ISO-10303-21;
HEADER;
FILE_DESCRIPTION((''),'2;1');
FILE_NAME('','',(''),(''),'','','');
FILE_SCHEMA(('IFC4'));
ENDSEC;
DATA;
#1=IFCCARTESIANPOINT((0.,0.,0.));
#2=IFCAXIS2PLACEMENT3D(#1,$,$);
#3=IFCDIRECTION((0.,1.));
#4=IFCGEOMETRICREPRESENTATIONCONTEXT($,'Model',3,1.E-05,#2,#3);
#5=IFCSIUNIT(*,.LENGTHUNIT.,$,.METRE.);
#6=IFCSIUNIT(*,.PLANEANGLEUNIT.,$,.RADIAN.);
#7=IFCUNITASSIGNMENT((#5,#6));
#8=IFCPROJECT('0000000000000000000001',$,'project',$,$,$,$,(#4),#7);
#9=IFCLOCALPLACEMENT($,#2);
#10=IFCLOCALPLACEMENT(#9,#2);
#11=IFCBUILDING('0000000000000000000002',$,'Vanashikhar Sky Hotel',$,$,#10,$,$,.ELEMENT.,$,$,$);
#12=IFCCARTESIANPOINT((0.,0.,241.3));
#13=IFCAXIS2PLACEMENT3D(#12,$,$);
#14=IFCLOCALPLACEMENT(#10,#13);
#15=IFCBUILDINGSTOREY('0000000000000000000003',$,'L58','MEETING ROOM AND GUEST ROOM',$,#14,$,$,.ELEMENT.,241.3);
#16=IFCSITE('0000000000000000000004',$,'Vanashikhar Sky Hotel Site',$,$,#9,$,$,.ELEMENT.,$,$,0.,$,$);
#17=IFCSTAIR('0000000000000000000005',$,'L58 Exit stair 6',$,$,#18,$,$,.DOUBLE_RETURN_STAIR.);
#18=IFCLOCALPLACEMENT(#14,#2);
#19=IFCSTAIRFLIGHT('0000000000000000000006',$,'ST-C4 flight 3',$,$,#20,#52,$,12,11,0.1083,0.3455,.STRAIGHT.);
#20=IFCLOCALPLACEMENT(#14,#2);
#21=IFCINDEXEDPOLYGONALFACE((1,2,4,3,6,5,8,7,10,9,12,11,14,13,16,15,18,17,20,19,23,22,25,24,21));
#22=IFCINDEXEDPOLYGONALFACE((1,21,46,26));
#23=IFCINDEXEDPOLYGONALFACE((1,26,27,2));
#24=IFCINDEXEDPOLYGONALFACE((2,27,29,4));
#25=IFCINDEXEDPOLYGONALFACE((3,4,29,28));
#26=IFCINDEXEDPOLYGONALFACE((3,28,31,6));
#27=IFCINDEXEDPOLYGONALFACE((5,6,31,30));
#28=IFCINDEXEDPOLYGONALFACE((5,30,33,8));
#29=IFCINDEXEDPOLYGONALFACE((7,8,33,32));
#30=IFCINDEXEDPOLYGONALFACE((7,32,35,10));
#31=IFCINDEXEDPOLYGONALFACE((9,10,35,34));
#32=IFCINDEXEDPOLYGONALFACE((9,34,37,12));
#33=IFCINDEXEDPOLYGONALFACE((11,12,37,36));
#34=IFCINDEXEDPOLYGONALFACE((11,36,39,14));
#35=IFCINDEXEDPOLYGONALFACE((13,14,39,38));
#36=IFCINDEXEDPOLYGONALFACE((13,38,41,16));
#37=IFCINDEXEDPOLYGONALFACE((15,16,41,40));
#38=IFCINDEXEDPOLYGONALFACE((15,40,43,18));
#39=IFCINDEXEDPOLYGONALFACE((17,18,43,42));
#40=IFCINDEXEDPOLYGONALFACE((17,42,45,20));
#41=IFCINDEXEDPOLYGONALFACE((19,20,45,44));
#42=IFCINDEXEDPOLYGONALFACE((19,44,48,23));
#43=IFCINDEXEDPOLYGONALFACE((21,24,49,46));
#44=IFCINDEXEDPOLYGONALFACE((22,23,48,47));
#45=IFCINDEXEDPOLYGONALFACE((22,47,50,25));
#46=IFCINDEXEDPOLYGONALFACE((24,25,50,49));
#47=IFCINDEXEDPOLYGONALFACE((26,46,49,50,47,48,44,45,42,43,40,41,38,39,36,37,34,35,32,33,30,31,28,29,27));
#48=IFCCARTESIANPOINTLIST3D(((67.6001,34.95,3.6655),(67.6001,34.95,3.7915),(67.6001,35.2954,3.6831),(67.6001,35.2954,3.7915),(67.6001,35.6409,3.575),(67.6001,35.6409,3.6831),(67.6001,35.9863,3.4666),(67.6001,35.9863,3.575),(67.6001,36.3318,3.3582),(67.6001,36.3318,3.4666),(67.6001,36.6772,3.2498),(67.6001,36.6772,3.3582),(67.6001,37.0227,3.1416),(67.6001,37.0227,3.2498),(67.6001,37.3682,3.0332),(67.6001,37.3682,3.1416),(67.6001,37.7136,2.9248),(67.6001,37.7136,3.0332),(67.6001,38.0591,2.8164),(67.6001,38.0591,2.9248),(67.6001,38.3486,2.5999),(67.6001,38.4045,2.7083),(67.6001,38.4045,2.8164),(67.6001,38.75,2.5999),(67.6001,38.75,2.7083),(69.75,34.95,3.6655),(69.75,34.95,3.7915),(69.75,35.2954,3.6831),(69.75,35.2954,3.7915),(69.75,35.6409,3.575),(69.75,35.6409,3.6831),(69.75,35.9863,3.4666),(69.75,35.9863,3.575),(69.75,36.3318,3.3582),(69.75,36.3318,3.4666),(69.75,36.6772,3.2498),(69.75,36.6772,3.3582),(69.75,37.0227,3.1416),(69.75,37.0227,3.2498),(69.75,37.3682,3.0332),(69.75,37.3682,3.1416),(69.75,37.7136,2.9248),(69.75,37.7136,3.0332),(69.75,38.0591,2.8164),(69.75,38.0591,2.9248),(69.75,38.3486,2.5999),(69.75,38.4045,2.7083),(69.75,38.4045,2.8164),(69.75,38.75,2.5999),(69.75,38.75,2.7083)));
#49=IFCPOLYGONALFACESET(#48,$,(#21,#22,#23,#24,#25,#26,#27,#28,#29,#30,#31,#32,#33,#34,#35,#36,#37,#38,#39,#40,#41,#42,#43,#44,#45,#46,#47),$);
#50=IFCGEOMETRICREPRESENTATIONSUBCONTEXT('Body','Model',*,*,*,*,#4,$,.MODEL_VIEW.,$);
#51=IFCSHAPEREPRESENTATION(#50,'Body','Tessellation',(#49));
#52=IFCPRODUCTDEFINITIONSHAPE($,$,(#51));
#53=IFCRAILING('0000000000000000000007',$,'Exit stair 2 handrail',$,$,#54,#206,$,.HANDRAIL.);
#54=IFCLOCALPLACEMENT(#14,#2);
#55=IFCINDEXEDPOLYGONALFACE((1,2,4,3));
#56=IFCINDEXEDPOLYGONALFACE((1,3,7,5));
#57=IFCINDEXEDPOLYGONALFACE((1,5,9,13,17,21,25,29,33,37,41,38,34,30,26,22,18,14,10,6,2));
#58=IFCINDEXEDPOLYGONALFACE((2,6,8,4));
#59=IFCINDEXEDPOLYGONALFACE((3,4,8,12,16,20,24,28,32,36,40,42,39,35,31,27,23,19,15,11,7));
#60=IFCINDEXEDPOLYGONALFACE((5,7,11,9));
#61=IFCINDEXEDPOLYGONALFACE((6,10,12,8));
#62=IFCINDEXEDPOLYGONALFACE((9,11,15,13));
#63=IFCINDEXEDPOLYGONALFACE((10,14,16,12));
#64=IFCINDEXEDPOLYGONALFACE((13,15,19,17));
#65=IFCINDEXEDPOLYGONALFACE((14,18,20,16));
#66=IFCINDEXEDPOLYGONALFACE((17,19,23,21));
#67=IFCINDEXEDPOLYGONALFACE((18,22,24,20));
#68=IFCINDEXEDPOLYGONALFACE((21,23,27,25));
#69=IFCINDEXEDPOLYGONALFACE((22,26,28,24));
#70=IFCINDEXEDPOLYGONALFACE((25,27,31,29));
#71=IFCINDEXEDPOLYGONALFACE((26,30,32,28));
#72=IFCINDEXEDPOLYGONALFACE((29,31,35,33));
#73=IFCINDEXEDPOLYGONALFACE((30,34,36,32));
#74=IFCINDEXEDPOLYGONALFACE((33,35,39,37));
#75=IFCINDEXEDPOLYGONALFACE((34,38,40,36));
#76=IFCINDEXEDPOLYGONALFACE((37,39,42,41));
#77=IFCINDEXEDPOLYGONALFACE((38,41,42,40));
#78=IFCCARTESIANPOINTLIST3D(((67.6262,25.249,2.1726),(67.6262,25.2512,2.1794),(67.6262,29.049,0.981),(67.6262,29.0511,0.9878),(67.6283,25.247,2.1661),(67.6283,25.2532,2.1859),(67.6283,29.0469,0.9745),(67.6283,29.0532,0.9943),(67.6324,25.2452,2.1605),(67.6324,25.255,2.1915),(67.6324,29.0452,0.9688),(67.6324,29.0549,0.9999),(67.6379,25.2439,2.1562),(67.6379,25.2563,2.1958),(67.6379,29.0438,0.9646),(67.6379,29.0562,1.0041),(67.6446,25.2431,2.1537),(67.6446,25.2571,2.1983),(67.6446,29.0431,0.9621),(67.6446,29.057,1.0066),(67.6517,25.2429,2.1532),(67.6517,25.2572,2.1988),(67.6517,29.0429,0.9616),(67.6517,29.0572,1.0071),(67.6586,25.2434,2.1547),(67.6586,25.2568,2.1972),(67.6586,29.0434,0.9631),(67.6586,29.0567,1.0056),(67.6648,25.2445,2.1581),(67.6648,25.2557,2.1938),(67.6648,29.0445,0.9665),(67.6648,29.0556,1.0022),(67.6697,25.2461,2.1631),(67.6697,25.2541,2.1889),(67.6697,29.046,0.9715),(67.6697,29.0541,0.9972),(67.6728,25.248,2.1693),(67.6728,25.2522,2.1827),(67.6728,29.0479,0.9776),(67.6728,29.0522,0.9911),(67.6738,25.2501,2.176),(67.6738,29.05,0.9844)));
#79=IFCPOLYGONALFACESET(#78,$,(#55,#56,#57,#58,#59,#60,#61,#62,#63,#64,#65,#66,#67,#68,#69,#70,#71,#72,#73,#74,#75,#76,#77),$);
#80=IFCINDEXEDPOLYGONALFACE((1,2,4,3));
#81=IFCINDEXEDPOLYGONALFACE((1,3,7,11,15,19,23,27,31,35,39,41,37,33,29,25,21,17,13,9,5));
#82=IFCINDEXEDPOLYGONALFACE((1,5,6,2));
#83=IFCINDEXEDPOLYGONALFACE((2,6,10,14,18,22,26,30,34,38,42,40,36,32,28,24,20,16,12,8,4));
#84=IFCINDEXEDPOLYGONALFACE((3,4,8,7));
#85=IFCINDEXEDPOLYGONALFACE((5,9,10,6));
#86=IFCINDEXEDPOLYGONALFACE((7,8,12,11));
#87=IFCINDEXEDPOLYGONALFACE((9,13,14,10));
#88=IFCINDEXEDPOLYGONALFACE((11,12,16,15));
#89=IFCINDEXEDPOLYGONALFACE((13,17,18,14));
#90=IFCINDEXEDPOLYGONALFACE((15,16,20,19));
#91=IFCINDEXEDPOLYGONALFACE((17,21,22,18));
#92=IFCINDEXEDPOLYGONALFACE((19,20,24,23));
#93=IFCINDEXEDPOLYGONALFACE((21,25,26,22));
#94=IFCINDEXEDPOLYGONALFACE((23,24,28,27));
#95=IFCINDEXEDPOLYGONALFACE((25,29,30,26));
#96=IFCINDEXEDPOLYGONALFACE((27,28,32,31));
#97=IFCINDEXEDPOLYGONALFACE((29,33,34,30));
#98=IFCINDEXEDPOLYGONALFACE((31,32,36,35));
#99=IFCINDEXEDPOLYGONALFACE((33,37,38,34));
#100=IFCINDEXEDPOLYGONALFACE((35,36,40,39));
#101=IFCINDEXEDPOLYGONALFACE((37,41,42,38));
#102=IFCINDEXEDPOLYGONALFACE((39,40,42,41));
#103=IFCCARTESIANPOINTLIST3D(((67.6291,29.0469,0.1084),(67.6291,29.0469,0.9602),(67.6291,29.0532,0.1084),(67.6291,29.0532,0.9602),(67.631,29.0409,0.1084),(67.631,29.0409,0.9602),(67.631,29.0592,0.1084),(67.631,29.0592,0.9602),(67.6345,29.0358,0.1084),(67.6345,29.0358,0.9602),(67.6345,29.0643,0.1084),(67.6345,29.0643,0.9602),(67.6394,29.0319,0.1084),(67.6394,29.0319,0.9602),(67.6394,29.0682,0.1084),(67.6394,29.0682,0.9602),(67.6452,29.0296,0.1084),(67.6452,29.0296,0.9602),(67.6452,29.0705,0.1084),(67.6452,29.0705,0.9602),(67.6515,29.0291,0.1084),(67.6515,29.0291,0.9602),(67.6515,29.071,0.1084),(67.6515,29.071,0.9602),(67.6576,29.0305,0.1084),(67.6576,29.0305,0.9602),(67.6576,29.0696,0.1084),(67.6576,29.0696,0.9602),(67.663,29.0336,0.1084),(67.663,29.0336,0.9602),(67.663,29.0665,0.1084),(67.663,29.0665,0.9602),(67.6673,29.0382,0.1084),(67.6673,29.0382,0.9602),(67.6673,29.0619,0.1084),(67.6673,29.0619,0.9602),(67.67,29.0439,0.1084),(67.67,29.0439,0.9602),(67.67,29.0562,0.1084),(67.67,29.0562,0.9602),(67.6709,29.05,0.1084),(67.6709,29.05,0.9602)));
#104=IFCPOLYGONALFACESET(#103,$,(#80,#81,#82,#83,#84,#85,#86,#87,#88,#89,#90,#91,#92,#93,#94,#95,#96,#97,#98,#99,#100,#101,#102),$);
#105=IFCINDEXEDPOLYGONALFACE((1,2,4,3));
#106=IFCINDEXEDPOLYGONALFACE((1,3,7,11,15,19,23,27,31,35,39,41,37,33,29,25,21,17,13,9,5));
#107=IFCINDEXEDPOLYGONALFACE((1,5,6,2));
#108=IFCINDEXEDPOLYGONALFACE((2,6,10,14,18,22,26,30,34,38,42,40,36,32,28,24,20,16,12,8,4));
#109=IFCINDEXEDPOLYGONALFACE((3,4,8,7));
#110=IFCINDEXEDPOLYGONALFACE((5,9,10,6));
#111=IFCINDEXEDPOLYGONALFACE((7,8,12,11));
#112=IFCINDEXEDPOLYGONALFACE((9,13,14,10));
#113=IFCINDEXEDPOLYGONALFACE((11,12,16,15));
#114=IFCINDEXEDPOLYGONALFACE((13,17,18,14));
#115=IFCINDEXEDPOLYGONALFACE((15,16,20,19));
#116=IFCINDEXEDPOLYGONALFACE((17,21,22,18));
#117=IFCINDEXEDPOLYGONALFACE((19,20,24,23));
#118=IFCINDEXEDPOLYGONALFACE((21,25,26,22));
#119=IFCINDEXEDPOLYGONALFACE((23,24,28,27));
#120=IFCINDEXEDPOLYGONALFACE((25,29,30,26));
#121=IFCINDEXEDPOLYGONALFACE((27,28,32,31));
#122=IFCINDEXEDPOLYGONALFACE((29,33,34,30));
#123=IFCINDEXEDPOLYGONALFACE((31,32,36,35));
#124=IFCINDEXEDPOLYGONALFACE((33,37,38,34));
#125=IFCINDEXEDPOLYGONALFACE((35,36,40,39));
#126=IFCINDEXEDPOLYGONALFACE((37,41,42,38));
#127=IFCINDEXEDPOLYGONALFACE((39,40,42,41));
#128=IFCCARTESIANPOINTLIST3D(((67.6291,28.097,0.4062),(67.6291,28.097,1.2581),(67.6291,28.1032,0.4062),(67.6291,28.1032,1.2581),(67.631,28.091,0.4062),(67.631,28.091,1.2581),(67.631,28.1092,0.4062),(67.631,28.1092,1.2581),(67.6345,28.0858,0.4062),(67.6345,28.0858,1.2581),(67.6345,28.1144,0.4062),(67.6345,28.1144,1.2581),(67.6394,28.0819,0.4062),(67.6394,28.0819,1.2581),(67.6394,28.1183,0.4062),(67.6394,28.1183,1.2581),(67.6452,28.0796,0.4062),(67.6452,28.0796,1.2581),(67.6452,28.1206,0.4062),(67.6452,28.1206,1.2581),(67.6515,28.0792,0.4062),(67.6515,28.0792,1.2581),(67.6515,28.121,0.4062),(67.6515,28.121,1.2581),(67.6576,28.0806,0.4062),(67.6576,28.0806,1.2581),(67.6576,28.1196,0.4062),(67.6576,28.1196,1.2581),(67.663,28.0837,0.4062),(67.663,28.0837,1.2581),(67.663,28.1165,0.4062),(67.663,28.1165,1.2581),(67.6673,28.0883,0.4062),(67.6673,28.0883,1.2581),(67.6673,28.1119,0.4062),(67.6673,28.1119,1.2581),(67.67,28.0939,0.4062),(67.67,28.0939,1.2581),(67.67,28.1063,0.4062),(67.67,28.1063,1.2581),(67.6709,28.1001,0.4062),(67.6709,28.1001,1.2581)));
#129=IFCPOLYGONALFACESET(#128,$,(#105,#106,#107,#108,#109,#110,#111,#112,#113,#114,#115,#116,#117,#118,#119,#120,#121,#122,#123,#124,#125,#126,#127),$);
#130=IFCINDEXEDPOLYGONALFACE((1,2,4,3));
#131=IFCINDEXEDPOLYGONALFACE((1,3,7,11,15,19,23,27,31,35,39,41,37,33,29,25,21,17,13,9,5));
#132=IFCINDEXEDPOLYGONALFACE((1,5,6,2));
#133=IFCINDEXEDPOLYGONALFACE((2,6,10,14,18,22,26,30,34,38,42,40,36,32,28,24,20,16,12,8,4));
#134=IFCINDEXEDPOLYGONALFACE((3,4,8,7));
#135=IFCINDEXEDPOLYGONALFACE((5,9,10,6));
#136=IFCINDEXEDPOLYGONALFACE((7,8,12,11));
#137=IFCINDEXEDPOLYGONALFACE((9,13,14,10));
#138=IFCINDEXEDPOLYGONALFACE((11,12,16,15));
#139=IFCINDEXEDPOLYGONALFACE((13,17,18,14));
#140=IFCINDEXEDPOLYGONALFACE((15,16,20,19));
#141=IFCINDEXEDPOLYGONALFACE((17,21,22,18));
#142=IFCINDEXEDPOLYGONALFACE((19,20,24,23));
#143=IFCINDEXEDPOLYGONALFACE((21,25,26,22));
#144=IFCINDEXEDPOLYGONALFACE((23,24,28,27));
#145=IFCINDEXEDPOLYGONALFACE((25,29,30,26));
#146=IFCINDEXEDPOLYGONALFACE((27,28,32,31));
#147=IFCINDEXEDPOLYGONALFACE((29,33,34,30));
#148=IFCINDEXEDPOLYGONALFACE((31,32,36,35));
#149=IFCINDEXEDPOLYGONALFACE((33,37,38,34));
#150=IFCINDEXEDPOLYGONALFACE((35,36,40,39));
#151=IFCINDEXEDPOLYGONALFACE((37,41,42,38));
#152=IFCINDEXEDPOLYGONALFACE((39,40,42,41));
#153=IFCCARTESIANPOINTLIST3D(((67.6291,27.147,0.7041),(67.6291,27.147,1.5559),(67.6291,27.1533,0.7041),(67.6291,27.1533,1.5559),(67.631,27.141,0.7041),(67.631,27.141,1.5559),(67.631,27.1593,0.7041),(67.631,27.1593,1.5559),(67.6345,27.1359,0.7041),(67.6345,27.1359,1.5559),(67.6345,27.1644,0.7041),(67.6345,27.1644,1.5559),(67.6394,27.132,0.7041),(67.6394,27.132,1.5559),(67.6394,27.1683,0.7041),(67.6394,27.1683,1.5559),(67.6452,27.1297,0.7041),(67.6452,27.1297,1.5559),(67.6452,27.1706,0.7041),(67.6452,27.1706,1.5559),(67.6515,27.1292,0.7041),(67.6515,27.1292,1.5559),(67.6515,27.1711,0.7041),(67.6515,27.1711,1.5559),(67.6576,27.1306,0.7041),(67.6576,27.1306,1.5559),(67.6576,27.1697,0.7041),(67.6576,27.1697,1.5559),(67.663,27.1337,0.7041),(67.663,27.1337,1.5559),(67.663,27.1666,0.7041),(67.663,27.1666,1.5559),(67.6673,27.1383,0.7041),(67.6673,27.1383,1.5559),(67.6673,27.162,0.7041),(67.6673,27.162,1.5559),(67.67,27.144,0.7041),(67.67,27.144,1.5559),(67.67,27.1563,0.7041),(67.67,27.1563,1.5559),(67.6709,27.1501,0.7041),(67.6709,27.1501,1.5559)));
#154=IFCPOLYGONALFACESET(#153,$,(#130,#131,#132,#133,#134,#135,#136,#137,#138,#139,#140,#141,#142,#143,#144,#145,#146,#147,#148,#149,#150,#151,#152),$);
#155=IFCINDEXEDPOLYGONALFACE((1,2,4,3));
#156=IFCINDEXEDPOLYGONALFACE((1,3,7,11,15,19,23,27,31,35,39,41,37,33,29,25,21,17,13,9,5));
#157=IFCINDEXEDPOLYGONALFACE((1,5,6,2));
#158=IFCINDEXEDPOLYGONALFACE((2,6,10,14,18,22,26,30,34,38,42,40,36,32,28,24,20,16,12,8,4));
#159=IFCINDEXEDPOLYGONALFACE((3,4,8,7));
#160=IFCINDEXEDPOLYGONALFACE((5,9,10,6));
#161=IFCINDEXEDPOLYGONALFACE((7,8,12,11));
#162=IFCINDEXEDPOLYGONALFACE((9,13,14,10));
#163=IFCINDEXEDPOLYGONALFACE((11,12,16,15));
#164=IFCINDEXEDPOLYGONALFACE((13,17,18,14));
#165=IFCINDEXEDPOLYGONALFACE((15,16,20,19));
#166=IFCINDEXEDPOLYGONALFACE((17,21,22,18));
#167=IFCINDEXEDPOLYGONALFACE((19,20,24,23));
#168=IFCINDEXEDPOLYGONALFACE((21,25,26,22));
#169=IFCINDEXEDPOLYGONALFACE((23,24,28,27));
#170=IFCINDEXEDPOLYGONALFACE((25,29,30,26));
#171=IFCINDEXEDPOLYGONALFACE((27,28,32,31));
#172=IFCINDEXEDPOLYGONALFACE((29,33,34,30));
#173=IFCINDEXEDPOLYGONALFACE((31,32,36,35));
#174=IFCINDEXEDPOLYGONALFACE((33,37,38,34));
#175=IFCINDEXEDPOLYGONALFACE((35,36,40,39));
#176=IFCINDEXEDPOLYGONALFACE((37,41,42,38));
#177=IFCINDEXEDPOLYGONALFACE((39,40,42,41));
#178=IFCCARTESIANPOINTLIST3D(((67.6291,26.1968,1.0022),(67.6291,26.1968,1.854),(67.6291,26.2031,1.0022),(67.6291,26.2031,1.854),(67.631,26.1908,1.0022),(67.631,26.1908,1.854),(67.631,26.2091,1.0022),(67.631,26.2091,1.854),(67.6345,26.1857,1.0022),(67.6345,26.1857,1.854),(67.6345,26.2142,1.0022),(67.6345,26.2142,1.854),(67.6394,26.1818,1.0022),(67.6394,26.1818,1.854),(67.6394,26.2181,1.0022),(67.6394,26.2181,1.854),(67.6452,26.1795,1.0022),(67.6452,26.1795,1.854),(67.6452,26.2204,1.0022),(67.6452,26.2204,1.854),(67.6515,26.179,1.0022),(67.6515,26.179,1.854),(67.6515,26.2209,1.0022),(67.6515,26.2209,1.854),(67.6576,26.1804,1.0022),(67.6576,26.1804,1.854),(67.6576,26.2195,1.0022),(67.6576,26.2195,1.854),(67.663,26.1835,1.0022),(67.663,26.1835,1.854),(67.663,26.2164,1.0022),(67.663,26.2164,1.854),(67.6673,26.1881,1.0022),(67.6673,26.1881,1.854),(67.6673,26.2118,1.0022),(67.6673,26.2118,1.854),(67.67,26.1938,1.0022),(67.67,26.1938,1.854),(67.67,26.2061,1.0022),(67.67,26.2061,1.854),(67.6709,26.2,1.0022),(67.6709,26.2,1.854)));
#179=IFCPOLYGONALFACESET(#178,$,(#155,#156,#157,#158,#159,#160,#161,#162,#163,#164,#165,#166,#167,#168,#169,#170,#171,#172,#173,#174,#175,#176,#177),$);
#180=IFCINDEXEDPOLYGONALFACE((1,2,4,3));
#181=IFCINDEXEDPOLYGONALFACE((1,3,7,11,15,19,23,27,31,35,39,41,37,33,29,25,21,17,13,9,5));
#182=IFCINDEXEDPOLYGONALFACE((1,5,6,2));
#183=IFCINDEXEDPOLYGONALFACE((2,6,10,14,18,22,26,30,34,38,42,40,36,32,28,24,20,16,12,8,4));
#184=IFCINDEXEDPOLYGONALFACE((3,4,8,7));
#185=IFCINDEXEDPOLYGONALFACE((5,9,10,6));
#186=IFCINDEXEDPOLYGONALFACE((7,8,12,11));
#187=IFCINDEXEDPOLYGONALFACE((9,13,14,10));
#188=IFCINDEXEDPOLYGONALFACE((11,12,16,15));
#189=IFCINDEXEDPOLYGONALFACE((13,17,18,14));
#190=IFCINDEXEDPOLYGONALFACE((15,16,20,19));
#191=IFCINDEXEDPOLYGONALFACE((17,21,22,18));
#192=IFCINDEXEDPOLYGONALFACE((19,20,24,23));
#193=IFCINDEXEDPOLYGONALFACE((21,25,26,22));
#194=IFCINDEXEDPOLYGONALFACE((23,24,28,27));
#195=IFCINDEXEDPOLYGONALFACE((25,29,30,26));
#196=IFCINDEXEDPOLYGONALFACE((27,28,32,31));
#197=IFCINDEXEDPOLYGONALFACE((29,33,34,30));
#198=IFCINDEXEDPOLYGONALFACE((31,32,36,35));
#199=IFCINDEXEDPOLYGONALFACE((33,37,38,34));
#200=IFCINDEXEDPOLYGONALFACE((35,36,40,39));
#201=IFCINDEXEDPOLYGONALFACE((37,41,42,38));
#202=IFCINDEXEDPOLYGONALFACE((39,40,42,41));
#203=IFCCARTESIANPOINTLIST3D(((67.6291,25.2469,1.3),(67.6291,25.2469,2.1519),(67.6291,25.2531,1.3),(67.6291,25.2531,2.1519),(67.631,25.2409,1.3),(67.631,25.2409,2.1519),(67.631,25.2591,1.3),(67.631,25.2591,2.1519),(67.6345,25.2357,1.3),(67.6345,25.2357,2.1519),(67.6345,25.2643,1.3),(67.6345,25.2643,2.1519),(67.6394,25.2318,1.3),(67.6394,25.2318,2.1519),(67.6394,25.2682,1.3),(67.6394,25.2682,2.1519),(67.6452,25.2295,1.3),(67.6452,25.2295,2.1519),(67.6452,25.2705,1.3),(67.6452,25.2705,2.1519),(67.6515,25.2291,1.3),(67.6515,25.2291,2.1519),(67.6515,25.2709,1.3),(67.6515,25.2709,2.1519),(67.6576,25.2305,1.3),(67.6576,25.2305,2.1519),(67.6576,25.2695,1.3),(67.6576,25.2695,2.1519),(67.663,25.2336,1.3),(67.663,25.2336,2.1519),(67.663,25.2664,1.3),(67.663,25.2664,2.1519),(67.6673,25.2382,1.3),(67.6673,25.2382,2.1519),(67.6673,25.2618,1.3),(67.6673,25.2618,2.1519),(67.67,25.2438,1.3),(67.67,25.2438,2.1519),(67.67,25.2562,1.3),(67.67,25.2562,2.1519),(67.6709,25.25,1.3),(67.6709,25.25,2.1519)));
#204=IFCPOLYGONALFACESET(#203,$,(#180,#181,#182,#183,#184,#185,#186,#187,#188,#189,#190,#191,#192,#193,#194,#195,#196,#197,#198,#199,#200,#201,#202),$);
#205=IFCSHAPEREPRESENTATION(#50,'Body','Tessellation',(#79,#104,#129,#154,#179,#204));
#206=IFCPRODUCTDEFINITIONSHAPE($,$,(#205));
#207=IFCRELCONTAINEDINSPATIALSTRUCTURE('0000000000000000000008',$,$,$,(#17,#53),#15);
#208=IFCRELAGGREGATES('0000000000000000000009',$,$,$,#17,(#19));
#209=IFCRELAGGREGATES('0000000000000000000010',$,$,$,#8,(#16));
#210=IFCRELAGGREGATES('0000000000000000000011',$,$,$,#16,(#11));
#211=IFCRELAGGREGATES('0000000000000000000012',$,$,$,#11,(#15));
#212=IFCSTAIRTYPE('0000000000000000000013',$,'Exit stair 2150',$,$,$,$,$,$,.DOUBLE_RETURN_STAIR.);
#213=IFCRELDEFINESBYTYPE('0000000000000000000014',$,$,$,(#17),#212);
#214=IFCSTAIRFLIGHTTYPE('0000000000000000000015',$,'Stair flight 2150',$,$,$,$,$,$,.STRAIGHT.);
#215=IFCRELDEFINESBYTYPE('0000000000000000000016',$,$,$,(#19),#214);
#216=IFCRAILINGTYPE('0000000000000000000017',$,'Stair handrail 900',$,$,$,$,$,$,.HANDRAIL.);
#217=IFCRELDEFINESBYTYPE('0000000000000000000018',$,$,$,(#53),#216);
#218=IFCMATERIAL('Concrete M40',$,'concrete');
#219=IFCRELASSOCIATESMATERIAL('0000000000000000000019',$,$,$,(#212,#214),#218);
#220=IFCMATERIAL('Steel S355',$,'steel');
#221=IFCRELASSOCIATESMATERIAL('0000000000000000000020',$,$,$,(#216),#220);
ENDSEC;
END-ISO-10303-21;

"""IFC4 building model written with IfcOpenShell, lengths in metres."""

from ifc_helpers import new_model, si_unit, direction, frame, origin, origin_2d, place, context, subcontext, project, spatial, polyline, circle, outline, extrude, source, transform, mapped, material, type_object, element, aggregate, save


model = new_model("IFC4")

# Units and contexts
model_context = context("Model", 3, precision=1e-05, world=origin(), true_north=direction((0.0, 1.0)))
body_context = subcontext(model_context, "Body", "Model", "MODEL_VIEW")
ifc_project = project(units=[si_unit("LENGTHUNIT", "METRE"), si_unit("PLANEANGLEUNIT", "RADIAN")], contexts=[model_context])

# Site, building, storey
site_placement = place(None, origin())
site = spatial("IfcSite", under=ifc_project, at=site_placement, Name="Vanashikhar Sky Hotel Site", CompositionType="ELEMENT", RefElevation=0.0)
building_placement = place(site_placement, origin())
building = spatial("IfcBuilding", under=site, at=building_placement, Name="Vanashikhar Sky Hotel", CompositionType="ELEMENT")
storey_placement = place(building_placement, frame((0.0, 0.0, 241.3)))
storey = spatial("IfcBuildingStorey", under=building, at=storey_placement, Name="L58", Description="MEETING ROOM AND GUEST ROOM", CompositionType="ELEMENT", Elevation=241.3)

# Stair, stair flight
ifc_material_1 = material(Name="Concrete M40", Category="concrete")
stair_type = type_object("IfcStairType", Name="Exit stair 2150", PredefinedType="DOUBLE_RETURN_STAIR", material=ifc_material_1)
stair_flight_type = type_object("IfcStairFlightType", Name="Stair flight 2150", PredefinedType="STRAIGHT", material=ifc_material_1)
shared_shape_1 = source(origin(), body_context, "Body", "SweptSolid", [
    extrude(outline(polyline([(0.0, 0.0), (0.0, 0.1084), (0.3455, 0.1084), (0.3455, 0.2166), (0.6909, 0.2166), (0.6909, 0.325), (1.0364, 0.325), (1.0364, 0.4333), (1.3818, 0.4333), (1.3818, 0.5417), (1.7273, 0.5417), (1.7273, 0.6499), (2.0728, 0.6499), (2.0728, 0.7583), (2.4182, 0.7583), (2.4182, 0.8667), (2.7637, 0.8667), (2.7637, 0.9751), (3.1091, 0.9751), (3.1091, 1.0833), (3.4546, 1.0833), (3.4546, 1.1917), (3.8, 1.1917), (3.8, 1.3), (3.8, 1.0657), (0.4014, 0.0), (0.0, 0.0)])), frame((0.0, 1.075, 0.0), z_axis=(0.0, -1.0, 0.0), x_axis=(1.0, 0.0, 0.0)), (0.0, 0.0, 1.0), 2.1499),
])
stair_1_placement = place(storey_placement, origin())
stair_1 = element("IfcStair", 1, at=stair_1_placement, inside=storey, type_object=stair_type, Name="L58 Exit stair 6", PredefinedType="DOUBLE_RETURN_STAIR")
stair_flight_1_placement = place(storey_placement, frame((68.675, 38.75, 2.5999), z_axis=(0.0, 0.0, 1.0), x_axis=(0.0, -1.0, 0.0)))
stair_flight_1 = element("IfcStairFlight", 2, at=stair_flight_1_placement, type_object=stair_flight_type, Name="ST-C4 flight 3", NumberOfRisers=12, NumberOfTreads=11, PredefinedType="STRAIGHT", RiserHeight=0.1083, TreadLength=0.3455, context=body_context, shape_type="MappedRepresentation", body=[
    mapped(shared_shape_1, transform((0.0, 0.0, 0.0), scale=1.0)),
])
aggregate(stair_1, [stair_flight_1])

# Railing
ifc_material_2 = material(Name="Steel S355", Category="steel")
railing_type_1 = type_object("IfcRailingType", Name="Stair handrail 900", PredefinedType="HANDRAIL", material=ifc_material_2)
shared_shape_2 = source(origin(), body_context, "Body", "SweptSolid", [
    extrude(circle(Radius=0.0239, at=origin_2d()), frame((0.0, 0.0, 0.876), z_axis=(0.0, -0.954184, 0.299221), x_axis=(1.0, 0.0, 0.0)), (0.0, 0.0, 1.0), 3.9824),
    extrude(circle(Radius=0.021, at=origin_2d()), origin(), (0.0, 0.0, 1.0), 0.8518),
    extrude(circle(Radius=0.021, at=origin_2d()), frame((0.0, -0.95, 0.2979)), (0.0, 0.0, 1.0), 0.8518),
    extrude(circle(Radius=0.021, at=origin_2d()), frame((0.0, -1.8999, 0.5957)), (0.0, 0.0, 1.0), 0.8518),
    extrude(circle(Radius=0.021, at=origin_2d()), frame((0.0, -2.8501, 0.8938)), (0.0, 0.0, 1.0), 0.8518),
    extrude(circle(Radius=0.021, at=origin_2d()), frame((0.0, -3.8, 1.1917)), (0.0, 0.0, 1.0), 0.8518),
])
for number, where, name in (
    (3, (67.6499, 29.05, 0.1084), "Exit stair 2 handrail"),
):
    element("IfcRailing", number, at=place(storey_placement, frame(where)), inside=storey, type_object=railing_type_1, Name=name, PredefinedType="HANDRAIL", context=body_context, shape_type="MappedRepresentation", body=[
        mapped(shared_shape_2, transform((0.0, 0.0, 0.0), scale=1.0)),
    ])

save(model, "model.ifc")
